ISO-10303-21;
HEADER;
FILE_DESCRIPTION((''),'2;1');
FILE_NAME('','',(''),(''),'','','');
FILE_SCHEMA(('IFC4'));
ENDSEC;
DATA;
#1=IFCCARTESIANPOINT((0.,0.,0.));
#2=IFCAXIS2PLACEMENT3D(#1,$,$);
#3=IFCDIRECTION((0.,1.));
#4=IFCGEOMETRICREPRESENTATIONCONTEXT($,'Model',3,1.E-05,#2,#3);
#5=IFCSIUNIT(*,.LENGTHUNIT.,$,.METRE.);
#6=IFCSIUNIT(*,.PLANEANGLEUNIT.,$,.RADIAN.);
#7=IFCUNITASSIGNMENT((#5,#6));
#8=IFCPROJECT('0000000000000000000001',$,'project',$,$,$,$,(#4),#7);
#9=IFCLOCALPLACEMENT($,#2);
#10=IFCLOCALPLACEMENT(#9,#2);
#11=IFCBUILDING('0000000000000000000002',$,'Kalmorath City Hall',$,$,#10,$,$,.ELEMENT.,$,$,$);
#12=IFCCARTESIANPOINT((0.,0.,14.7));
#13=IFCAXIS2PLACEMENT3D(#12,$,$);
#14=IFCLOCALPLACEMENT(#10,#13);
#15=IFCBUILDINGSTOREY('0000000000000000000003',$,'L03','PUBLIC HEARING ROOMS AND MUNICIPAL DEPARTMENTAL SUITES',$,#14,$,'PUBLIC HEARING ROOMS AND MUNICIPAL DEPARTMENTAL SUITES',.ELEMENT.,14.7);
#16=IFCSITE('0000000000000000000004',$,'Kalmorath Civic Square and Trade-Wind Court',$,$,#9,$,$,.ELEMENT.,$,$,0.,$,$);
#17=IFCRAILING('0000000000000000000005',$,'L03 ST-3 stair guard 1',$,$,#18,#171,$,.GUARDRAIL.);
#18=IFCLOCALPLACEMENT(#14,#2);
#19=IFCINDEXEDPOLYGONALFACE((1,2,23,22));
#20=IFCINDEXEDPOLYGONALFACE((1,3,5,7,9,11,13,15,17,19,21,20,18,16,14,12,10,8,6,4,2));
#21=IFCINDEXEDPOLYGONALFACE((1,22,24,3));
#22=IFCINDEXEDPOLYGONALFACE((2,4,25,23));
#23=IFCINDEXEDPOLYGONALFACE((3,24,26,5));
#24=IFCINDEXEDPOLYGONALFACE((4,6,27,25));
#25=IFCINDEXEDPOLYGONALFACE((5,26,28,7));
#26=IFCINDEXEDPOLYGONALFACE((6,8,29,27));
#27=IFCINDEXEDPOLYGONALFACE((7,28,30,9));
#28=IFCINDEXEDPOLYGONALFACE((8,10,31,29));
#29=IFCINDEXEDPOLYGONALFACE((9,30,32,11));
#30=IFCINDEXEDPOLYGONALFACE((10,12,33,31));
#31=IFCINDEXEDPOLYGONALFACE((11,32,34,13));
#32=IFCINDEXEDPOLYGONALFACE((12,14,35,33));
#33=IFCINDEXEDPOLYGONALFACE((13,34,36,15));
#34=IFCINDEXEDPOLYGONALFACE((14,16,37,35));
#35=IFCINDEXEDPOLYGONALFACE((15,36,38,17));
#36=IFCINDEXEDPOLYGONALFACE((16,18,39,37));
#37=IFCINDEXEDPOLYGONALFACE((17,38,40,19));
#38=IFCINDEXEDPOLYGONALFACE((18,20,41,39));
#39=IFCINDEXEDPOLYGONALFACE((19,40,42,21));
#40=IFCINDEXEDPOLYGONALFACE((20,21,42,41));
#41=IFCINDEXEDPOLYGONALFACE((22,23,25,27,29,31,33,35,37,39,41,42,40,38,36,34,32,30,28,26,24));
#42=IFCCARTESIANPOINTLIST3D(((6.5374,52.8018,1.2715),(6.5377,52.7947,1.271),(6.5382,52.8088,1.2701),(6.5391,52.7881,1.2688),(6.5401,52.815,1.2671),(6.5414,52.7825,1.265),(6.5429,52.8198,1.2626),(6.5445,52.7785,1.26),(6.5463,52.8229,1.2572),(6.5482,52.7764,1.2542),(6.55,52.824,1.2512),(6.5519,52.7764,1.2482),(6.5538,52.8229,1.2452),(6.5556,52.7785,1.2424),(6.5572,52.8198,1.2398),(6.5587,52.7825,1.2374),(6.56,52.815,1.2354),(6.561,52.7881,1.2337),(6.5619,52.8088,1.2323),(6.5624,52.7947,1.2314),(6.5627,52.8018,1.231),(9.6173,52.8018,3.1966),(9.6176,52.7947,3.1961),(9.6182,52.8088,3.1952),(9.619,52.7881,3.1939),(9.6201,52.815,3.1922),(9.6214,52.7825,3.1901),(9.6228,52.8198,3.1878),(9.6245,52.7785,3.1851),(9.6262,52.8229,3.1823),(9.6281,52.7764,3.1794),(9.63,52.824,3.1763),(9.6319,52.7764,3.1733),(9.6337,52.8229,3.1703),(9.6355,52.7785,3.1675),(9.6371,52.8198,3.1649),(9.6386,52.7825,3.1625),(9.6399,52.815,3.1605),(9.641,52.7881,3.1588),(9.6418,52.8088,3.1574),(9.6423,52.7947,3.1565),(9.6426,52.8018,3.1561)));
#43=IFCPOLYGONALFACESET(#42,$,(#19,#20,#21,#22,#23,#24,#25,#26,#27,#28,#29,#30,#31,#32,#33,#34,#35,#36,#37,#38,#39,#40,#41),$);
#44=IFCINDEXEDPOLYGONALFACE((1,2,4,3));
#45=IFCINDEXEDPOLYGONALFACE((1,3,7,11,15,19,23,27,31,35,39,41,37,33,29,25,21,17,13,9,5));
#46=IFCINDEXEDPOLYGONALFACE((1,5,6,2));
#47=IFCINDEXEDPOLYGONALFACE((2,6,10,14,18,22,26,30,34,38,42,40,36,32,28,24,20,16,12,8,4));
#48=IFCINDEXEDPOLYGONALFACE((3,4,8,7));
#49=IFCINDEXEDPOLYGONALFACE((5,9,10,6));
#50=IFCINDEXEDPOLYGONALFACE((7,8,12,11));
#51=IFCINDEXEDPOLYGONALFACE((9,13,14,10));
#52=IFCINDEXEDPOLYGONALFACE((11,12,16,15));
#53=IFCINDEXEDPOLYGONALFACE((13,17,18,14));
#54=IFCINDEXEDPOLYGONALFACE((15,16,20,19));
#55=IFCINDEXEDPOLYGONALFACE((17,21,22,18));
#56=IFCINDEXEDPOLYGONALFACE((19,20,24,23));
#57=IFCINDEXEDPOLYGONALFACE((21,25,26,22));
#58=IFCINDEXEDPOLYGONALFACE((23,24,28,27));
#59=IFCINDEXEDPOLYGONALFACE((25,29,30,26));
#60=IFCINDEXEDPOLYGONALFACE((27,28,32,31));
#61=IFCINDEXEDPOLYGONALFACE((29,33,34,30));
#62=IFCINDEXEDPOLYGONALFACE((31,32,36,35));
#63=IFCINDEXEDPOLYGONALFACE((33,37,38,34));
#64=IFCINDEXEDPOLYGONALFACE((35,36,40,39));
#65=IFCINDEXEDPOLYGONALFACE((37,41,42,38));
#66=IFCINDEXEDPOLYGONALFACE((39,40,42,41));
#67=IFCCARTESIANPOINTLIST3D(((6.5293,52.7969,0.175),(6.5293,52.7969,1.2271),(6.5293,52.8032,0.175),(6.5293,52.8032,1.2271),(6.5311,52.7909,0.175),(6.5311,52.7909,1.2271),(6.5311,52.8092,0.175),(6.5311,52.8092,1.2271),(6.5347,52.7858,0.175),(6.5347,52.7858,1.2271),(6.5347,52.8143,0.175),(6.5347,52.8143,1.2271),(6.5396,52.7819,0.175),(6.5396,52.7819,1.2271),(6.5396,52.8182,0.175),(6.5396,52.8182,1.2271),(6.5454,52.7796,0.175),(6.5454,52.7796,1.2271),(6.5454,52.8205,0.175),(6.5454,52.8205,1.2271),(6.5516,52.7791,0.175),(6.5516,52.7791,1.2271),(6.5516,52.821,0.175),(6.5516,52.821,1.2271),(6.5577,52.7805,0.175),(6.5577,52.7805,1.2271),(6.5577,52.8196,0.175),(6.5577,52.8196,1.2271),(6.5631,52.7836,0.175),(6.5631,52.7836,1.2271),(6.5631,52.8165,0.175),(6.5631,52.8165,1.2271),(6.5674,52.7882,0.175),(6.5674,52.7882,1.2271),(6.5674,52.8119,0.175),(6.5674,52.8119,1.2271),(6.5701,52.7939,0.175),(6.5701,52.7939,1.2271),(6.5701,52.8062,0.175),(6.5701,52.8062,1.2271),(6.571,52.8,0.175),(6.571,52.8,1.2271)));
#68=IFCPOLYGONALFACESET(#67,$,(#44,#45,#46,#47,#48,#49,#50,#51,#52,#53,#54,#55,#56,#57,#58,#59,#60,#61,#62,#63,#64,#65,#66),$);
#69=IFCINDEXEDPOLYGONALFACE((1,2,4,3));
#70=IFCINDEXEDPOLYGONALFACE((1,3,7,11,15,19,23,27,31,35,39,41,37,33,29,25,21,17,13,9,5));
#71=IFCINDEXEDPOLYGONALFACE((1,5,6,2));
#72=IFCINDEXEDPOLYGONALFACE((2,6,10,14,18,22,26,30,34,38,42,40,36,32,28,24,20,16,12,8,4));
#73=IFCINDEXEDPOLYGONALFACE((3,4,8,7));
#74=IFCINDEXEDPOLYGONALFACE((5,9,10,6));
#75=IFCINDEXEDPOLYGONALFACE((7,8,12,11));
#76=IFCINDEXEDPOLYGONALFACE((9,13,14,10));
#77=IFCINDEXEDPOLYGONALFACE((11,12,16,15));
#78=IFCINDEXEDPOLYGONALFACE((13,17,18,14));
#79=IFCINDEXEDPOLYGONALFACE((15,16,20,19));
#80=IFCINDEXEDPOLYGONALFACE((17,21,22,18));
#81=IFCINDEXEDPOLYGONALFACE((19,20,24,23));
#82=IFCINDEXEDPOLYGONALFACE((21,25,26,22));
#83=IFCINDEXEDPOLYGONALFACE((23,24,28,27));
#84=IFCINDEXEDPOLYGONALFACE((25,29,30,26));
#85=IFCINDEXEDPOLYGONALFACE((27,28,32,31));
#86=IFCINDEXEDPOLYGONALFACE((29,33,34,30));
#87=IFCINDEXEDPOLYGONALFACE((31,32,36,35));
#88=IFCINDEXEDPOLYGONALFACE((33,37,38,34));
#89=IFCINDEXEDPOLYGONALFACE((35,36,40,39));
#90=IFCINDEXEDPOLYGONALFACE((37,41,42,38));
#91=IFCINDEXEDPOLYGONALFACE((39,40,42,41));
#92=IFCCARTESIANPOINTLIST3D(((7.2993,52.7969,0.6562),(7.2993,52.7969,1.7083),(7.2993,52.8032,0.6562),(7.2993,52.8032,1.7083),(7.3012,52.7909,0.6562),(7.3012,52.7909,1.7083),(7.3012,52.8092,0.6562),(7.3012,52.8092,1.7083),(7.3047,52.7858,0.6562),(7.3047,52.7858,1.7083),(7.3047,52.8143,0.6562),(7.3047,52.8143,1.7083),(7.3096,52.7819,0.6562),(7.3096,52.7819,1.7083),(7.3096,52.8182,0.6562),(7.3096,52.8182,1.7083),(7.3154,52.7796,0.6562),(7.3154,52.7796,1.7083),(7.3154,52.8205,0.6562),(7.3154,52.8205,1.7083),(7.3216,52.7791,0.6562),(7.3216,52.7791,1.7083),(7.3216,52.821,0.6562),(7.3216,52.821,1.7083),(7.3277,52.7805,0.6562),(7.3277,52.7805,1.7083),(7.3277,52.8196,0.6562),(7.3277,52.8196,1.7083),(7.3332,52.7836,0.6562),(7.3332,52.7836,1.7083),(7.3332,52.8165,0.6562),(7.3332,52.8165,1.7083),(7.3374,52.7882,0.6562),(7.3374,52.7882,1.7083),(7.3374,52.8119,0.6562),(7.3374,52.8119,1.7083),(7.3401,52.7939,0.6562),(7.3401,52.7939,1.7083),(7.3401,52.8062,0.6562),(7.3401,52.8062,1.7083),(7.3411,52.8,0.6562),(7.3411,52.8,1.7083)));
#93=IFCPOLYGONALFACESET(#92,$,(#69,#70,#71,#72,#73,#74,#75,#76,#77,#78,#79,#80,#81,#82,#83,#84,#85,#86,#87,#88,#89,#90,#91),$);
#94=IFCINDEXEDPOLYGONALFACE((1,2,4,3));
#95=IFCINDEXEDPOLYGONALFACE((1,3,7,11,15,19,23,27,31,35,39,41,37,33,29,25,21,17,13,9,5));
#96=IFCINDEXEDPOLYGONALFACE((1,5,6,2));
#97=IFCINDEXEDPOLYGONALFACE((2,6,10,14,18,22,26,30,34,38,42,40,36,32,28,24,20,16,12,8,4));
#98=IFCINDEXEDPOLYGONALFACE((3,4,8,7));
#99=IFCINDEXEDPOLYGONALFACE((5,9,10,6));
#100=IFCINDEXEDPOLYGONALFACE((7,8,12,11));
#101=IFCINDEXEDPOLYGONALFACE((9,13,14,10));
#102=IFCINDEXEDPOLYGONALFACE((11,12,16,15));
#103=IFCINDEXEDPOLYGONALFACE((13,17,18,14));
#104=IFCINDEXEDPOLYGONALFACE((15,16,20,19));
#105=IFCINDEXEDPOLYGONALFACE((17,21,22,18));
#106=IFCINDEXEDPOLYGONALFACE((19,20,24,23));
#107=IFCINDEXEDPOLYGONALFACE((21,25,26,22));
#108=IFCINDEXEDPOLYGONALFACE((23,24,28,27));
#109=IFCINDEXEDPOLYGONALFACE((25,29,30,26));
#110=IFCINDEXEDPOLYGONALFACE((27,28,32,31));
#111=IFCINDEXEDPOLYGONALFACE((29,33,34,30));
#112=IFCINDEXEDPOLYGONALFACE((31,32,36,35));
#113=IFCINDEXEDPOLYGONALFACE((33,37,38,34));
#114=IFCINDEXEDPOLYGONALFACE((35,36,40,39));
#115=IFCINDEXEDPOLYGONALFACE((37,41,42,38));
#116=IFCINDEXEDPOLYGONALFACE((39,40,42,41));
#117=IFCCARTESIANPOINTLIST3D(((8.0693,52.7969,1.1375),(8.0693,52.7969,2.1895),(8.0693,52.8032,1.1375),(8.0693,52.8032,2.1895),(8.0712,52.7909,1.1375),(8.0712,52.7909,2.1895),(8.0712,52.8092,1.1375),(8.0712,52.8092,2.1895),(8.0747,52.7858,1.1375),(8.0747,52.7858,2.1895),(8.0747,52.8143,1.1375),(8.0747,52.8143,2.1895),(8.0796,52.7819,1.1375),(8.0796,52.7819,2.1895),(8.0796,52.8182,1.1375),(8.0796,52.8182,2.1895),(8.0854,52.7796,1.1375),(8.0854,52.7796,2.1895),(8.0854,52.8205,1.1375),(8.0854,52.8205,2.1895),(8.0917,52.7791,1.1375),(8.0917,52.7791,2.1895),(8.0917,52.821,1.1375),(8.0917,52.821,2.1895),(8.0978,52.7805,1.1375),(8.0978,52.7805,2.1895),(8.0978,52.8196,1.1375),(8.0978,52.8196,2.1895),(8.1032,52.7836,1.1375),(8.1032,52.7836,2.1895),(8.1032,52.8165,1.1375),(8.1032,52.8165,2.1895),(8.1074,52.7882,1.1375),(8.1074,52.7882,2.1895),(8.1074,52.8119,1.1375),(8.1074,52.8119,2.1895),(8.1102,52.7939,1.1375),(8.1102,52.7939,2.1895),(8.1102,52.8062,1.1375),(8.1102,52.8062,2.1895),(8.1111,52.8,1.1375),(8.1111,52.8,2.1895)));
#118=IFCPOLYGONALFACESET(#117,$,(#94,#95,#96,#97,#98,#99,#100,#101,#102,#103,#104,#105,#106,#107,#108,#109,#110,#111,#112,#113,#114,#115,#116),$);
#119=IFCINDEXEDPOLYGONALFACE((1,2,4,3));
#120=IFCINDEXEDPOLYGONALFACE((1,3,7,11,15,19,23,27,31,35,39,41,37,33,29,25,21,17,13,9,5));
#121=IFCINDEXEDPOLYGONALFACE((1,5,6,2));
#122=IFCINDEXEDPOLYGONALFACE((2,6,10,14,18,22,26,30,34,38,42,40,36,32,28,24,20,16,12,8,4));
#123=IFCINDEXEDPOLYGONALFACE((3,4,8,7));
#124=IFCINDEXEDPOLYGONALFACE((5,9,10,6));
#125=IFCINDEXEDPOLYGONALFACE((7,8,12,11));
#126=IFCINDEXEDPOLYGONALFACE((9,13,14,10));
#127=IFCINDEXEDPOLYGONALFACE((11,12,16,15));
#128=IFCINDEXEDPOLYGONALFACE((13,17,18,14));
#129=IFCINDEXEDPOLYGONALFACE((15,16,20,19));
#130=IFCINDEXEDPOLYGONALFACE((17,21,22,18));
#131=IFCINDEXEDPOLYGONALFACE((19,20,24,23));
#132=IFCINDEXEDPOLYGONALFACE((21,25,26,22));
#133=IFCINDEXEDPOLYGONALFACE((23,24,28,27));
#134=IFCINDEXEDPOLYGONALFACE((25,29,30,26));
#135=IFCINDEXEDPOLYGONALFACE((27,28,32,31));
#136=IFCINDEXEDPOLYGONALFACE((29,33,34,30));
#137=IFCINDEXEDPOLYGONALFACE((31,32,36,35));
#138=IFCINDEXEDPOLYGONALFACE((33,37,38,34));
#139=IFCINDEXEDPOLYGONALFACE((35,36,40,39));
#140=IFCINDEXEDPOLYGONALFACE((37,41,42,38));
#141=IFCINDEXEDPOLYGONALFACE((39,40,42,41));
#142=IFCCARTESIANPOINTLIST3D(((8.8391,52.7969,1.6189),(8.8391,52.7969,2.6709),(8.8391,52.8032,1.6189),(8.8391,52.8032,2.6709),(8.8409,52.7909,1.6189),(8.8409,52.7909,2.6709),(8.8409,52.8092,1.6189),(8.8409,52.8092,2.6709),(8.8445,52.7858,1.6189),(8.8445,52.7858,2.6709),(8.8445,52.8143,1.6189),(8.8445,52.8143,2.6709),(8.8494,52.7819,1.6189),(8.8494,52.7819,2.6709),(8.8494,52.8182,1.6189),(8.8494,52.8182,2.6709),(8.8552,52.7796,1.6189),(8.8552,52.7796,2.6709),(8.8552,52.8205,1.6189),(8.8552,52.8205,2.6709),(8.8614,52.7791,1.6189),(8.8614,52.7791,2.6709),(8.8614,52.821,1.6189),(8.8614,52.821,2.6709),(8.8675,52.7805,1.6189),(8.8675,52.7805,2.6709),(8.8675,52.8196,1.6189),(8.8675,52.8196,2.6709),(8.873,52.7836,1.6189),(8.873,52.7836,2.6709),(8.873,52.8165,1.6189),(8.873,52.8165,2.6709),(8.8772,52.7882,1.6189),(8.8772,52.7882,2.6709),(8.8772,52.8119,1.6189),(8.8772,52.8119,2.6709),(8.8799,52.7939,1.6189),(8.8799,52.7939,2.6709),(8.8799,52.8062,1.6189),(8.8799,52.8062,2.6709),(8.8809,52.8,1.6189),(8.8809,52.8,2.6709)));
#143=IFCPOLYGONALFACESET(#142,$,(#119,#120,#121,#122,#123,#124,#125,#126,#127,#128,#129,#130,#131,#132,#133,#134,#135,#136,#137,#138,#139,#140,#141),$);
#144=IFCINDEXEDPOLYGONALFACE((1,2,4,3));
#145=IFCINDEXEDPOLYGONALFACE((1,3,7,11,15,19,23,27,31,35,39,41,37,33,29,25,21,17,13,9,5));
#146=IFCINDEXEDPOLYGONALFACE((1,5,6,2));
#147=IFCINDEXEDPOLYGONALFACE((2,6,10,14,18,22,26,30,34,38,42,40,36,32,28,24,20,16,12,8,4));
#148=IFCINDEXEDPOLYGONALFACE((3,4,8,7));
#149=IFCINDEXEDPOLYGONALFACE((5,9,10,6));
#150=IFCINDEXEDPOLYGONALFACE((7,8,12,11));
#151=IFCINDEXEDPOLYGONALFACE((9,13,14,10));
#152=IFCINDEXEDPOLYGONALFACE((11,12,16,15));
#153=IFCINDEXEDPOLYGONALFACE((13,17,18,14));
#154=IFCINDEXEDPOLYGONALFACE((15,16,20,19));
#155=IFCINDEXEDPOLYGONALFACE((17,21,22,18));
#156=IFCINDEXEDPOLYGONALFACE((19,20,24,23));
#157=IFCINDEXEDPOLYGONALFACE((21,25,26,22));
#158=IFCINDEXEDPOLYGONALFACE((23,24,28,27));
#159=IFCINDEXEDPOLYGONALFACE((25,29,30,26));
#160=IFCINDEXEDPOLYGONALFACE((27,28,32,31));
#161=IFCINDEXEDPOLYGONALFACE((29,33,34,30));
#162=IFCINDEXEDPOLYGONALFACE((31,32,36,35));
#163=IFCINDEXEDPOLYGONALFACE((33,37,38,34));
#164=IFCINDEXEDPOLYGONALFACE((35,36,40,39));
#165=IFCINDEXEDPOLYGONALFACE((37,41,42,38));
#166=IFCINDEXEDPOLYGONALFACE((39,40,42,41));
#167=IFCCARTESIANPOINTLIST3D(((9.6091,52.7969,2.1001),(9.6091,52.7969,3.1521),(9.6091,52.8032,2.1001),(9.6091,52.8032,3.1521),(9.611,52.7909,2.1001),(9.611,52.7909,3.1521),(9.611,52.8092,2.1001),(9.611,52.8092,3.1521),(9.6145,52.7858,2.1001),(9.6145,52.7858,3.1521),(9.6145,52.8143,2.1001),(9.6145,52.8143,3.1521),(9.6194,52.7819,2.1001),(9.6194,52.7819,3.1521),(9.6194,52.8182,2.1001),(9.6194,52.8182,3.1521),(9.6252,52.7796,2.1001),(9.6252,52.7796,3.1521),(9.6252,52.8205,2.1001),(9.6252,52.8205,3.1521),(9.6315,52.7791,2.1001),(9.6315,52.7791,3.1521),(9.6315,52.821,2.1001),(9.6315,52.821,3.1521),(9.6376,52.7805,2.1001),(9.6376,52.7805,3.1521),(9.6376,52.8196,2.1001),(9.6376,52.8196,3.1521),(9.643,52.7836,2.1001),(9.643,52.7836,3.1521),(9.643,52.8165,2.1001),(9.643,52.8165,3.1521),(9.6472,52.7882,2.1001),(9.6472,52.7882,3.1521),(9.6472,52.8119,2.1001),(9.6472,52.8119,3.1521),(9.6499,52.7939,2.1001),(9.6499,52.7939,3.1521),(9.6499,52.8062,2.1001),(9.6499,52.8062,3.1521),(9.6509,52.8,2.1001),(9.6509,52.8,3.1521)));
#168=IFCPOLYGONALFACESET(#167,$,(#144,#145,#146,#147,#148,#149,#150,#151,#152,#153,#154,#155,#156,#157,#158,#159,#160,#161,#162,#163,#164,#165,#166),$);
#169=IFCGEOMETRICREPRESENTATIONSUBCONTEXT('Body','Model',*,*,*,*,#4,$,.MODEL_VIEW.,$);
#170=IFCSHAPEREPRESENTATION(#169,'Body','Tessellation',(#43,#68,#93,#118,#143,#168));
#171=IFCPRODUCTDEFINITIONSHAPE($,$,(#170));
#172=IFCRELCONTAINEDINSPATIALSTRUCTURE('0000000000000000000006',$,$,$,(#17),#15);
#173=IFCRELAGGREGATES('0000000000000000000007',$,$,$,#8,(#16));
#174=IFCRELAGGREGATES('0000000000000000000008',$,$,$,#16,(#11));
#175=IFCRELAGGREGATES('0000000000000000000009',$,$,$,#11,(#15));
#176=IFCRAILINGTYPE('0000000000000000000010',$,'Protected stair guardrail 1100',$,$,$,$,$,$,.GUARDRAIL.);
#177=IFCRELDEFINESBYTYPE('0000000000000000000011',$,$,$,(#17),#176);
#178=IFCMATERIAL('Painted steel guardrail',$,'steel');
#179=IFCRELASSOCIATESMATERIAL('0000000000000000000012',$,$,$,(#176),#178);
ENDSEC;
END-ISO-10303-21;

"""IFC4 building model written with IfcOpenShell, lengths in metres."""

from ifc_helpers import new_model, si_unit, direction, frame, origin, origin_2d, place, context, subcontext, project, spatial, circle, extrude, material, type_object, element, save


model = new_model("IFC4")

# Units and contexts
model_context = context("Model", 3, precision=1e-05, world=origin(), true_north=direction((0.0, 1.0)))
body_context = subcontext(model_context, "Body", "Model", "MODEL_VIEW")
ifc_project = project(units=[si_unit("LENGTHUNIT", "METRE"), si_unit("PLANEANGLEUNIT", "RADIAN")], contexts=[model_context])

# Site, building, storey
site_placement = place(None, origin())
site = spatial("IfcSite", under=ifc_project, at=site_placement, Name="Kalmorath Civic Square and Trade-Wind Court", CompositionType="ELEMENT", RefElevation=0.0)
building_placement = place(site_placement, origin())
building = spatial("IfcBuilding", under=site, at=building_placement, Name="Kalmorath City Hall", CompositionType="ELEMENT")
storey_placement = place(building_placement, frame((0.0, 0.0, 14.7)))
storey = spatial("IfcBuildingStorey", under=building, at=storey_placement, Name="L03", Description="PUBLIC HEARING ROOMS AND MUNICIPAL DEPARTMENTAL SUITES", LongName="PUBLIC HEARING ROOMS AND MUNICIPAL DEPARTMENTAL SUITES", CompositionType="ELEMENT", Elevation=14.7)

# Railing
ifc_material_1 = material(Name="Painted steel guardrail", Category="steel")
railing_type_1 = type_object("IfcRailingType", Name="Protected stair guardrail 1100", PredefinedType="GUARDRAIL", material=ifc_material_1)
railing_1_placement = place(storey_placement, frame((6.55, 52.8, 0.175)))
element("IfcRailing", 1, at=railing_1_placement, inside=storey, type_object=railing_type_1, Name="L03 ST-3 stair guard 1", PredefinedType="GUARDRAIL", context=body_context, shape_type="SweptSolid", body=[
    extrude(circle(Radius=0.0239, at=origin_2d()), frame((0.0, 0.0, 1.0762), z_axis=(0.847979, 0.0, 0.530029), x_axis=(0.0, 1.0, 0.0)), (0.0, 0.0, 1.0), 3.6321),
    extrude(circle(Radius=0.021, at=origin_2d()), origin(), (0.0, 0.0, 1.0), 1.052),
    extrude(circle(Radius=0.021, at=origin_2d()), frame((0.77, 0.0, 0.4812)), (0.0, 0.0, 1.0), 1.052),
    extrude(circle(Radius=0.021, at=origin_2d()), frame((1.54, 0.0, 0.9624)), (0.0, 0.0, 1.0), 1.052),
    extrude(circle(Radius=0.021, at=origin_2d()), frame((2.3098, 0.0, 1.4438)), (0.0, 0.0, 1.0), 1.052),
    extrude(circle(Radius=0.021, at=origin_2d()), frame((3.0798, 0.0, 1.925)), (0.0, 0.0, 1.0), 1.052),
])

save(model, "model.ifc")
